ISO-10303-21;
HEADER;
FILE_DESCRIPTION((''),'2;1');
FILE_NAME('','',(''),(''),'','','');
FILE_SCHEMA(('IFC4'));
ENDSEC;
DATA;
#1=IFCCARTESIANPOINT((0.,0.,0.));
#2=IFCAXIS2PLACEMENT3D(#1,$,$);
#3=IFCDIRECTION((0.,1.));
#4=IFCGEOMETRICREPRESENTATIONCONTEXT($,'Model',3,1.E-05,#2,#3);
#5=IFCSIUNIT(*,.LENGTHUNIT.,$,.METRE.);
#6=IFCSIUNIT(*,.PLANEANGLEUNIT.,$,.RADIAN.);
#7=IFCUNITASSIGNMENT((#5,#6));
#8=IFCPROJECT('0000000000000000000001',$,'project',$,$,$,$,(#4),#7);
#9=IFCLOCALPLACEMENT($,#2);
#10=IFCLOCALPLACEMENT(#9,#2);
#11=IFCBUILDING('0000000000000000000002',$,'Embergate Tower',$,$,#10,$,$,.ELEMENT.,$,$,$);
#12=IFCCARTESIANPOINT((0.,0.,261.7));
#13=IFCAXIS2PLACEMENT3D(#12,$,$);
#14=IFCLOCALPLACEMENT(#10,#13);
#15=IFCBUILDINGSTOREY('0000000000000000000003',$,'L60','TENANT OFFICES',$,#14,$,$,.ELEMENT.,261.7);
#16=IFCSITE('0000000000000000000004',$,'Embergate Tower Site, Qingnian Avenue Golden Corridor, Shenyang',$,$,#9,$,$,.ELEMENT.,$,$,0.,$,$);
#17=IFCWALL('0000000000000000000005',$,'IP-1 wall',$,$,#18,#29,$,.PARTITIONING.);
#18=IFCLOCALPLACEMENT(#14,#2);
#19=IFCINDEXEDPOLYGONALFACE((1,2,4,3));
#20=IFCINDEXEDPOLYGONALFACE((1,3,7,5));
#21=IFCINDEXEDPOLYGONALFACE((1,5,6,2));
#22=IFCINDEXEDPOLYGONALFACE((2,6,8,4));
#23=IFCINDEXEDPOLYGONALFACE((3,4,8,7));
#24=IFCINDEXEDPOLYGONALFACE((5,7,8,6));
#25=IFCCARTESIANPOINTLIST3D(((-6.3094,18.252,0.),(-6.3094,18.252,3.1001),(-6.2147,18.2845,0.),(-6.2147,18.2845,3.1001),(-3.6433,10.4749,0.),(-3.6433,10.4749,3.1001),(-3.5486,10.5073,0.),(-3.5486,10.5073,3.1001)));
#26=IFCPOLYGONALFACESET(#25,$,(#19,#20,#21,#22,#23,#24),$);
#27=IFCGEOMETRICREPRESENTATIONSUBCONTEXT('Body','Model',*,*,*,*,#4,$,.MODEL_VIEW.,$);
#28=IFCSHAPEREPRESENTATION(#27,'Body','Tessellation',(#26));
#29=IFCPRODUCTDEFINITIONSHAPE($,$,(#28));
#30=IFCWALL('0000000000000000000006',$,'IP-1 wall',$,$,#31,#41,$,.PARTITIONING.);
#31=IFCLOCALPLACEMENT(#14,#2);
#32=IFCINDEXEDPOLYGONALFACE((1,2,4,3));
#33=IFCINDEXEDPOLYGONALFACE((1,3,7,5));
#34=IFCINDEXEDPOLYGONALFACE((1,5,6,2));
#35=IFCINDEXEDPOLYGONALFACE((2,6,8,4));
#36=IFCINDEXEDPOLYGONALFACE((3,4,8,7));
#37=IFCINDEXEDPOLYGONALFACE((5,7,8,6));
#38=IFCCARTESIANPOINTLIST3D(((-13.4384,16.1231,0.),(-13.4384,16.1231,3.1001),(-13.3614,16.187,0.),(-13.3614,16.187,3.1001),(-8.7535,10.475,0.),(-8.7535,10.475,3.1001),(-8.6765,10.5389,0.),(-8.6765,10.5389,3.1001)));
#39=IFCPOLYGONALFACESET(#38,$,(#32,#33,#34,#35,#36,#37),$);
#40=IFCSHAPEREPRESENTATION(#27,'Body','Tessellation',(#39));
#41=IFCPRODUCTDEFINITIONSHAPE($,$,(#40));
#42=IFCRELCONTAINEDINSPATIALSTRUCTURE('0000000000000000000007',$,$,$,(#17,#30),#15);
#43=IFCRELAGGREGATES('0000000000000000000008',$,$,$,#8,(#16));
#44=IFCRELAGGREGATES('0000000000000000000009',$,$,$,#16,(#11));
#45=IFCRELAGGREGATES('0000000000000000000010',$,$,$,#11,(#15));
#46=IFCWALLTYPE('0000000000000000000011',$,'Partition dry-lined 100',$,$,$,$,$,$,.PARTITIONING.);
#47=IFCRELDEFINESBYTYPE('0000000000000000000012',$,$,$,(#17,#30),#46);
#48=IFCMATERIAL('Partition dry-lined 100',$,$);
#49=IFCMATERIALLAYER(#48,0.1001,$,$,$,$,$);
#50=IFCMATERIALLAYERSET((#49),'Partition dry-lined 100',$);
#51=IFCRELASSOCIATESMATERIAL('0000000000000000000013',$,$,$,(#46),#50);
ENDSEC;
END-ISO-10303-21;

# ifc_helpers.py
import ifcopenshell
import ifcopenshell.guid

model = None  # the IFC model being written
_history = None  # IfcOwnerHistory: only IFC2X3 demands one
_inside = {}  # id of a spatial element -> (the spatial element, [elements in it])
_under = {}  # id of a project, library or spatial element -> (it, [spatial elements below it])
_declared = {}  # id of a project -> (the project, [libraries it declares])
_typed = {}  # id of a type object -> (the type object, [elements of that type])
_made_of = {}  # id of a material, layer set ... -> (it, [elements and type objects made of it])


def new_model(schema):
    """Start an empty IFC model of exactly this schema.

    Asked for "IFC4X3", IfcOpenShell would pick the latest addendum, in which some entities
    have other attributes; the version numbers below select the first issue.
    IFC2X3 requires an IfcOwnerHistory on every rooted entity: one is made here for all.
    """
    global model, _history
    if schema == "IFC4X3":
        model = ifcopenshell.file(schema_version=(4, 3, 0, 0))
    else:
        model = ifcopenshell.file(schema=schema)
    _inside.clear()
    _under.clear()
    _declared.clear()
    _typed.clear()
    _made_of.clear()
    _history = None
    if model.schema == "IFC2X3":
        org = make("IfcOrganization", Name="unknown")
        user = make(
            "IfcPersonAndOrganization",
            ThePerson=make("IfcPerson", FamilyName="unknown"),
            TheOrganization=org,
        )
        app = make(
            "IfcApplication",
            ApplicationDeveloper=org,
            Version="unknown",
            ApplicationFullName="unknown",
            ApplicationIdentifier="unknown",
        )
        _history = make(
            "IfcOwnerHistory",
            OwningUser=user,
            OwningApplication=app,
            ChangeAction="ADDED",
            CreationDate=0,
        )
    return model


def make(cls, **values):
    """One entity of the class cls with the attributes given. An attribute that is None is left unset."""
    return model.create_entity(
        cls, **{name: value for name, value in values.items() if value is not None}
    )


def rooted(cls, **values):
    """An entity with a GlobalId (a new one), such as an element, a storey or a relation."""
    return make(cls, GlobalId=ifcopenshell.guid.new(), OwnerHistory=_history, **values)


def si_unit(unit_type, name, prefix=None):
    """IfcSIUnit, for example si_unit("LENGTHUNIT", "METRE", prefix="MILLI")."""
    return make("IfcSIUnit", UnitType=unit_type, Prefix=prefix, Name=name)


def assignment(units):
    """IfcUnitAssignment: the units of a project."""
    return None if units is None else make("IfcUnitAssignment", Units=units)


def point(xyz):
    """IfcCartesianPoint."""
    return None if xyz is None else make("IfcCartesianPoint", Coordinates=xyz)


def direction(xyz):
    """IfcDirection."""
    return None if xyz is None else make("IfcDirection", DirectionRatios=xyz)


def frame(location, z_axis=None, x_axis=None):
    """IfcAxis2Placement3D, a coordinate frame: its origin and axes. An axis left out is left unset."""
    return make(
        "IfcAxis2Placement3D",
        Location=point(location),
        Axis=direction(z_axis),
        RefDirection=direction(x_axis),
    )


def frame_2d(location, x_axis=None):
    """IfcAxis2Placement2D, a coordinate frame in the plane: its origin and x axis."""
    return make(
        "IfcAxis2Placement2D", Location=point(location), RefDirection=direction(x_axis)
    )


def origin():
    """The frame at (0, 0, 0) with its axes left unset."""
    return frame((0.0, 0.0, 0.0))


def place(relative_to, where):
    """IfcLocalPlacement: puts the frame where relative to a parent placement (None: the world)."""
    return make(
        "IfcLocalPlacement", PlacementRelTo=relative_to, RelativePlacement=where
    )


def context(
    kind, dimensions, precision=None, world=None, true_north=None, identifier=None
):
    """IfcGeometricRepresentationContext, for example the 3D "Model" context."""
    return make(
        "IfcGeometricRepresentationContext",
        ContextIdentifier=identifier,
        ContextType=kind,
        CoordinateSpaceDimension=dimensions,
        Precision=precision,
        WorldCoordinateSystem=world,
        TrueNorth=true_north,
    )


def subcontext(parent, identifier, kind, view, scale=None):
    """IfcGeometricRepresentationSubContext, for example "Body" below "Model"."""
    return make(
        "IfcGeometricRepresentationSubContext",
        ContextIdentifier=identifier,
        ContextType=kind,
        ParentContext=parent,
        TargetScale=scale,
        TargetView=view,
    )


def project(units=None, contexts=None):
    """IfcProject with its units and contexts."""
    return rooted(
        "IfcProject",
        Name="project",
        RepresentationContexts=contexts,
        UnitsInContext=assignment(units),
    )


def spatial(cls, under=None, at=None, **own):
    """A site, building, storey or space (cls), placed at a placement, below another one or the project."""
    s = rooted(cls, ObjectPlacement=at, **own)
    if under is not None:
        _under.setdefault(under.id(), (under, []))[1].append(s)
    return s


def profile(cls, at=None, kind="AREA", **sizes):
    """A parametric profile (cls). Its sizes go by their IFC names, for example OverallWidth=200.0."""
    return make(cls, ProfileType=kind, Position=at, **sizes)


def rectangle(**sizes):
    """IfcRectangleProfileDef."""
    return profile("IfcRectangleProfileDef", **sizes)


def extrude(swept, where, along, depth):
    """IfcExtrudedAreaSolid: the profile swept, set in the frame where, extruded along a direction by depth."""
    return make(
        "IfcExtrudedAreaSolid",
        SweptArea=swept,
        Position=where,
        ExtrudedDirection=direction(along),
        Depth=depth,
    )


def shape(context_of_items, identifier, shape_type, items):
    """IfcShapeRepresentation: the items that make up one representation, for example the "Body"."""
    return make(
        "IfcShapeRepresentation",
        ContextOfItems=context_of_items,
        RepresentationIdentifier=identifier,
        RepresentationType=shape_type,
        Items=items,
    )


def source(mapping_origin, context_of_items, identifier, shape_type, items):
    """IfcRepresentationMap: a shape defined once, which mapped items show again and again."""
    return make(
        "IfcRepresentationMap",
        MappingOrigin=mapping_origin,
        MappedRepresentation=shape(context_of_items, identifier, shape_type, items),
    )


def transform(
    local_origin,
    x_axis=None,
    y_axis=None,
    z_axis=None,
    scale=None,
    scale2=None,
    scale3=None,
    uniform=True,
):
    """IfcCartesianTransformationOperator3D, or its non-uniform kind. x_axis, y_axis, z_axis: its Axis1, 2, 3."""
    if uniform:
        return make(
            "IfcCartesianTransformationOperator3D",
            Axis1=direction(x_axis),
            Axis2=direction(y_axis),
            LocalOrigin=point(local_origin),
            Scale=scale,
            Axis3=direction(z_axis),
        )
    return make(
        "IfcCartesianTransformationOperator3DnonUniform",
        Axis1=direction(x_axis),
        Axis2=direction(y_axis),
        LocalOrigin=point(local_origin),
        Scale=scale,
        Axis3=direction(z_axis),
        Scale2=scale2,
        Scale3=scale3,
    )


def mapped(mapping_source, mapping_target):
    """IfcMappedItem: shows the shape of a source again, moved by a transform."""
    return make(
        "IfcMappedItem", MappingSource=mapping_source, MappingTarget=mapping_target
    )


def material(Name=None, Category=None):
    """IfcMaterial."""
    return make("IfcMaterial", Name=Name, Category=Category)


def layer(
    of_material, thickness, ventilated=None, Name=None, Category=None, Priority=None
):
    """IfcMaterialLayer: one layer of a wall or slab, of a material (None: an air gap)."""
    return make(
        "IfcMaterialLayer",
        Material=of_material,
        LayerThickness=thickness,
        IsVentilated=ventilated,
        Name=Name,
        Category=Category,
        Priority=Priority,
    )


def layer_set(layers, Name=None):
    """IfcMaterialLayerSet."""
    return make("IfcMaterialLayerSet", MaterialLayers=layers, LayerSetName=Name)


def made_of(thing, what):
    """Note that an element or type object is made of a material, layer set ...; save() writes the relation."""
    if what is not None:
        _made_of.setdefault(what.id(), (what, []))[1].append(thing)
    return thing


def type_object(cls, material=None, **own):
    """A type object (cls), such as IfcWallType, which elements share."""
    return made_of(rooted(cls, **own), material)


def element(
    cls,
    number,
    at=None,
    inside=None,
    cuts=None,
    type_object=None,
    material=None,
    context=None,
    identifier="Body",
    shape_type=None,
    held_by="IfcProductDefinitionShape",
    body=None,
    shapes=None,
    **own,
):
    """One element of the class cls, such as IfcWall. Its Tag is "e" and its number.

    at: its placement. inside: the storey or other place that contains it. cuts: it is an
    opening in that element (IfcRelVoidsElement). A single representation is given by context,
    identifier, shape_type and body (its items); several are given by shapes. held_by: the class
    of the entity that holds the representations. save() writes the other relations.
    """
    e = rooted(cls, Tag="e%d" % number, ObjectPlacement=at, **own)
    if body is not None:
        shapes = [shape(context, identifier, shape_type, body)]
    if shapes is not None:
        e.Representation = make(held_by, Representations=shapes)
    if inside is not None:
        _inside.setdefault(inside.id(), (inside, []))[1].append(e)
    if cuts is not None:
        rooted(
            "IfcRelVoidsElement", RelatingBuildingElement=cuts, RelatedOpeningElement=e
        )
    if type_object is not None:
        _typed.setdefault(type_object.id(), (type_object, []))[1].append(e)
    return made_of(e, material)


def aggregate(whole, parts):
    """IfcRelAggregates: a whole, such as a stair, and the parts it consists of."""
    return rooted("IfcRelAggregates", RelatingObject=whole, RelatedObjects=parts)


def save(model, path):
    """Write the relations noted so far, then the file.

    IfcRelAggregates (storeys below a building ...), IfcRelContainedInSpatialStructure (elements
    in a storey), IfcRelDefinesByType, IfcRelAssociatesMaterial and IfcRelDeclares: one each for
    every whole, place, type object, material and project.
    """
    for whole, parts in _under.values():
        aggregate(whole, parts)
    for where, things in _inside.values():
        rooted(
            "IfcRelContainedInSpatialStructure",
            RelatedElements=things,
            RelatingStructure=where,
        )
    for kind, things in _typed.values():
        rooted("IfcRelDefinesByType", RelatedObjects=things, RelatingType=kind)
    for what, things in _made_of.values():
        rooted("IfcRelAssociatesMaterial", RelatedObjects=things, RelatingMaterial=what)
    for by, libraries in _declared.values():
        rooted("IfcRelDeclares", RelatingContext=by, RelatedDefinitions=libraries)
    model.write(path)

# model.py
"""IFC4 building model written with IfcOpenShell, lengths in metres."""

from ifc_helpers import new_model, si_unit, direction, frame, frame_2d, origin, place, context, subcontext, project, spatial, rectangle, extrude, source, transform, mapped, material, layer, layer_set, type_object, element, save


model = new_model("IFC4")

# Units and contexts
model_context = context("Model", 3, precision=1e-05, world=origin(), true_north=direction((0.0, 1.0)))
body_context = subcontext(model_context, "Body", "Model", "MODEL_VIEW")
ifc_project = project(units=[si_unit("LENGTHUNIT", "METRE"), si_unit("PLANEANGLEUNIT", "RADIAN")], contexts=[model_context])

# Site, building, storey
site_placement = place(None, origin())
site = spatial("IfcSite", under=ifc_project, at=site_placement, Name="Embergate Tower Site, Qingnian Avenue Golden Corridor, Shenyang", CompositionType="ELEMENT", RefElevation=0.0)
building_placement = place(site_placement, origin())
building = spatial("IfcBuilding", under=site, at=building_placement, Name="Embergate Tower", CompositionType="ELEMENT")
storey_placement = place(building_placement, frame((0.0, 0.0, 261.7)))
storey = spatial("IfcBuildingStorey", under=building, at=storey_placement, Name="L60", Description="TENANT OFFICES", CompositionType="ELEMENT", Elevation=261.7)

# Walls
ifc_material_1 = material(Name="Partition dry-lined 100")
ifc_layer_1 = layer(ifc_material_1, 0.1001)
ifc_layer_set_1 = layer_set([ifc_layer_1], Name="Partition dry-lined 100")
wall_type_1 = type_object("IfcWallType", Name="Partition dry-lined 100", PredefinedType="PARTITIONING", material=ifc_layer_set_1)
shared_shape_1 = source(origin(), body_context, "Body", "SweptSolid", [
    extrude(rectangle(XDim=8.2214, YDim=0.1001, at=frame_2d((4.1108, 0.0))), origin(), (0.0, 0.0, 1.0), 3.1001),
])
wall_1_placement = place(storey_placement, frame((-3.5959, 10.491, 0.0), z_axis=(0.0, 0.0, 1.0), x_axis=(-0.324279, 0.945962, 0.0)))
element("IfcWall", 1, at=wall_1_placement, inside=storey, type_object=wall_type_1, Name="IP-1 wall", PredefinedType="PARTITIONING", context=body_context, shape_type="MappedRepresentation", body=[
    mapped(shared_shape_1, transform((0.0, 0.0, 0.0))),
])
shared_shape_2 = source(origin(), body_context, "Body", "SweptSolid", [
    extrude(rectangle(XDim=7.3381, YDim=0.1001, at=frame_2d((3.6689, 0.0))), origin(), (0.0, 0.0, 1.0), 3.1001),
])
wall_2_placement = place(storey_placement, frame((-8.7151, 10.5071, 0.0), z_axis=(0.0, 0.0, 1.0), x_axis=(-0.638429, 0.769681, 0.0)))
element("IfcWall", 2, at=wall_2_placement, inside=storey, type_object=wall_type_1, Name="IP-1 wall", PredefinedType="PARTITIONING", context=body_context, shape_type="MappedRepresentation", body=[
    mapped(shared_shape_2, transform((0.0, 0.0, 0.0))),
])

save(model, "model.ifc")
